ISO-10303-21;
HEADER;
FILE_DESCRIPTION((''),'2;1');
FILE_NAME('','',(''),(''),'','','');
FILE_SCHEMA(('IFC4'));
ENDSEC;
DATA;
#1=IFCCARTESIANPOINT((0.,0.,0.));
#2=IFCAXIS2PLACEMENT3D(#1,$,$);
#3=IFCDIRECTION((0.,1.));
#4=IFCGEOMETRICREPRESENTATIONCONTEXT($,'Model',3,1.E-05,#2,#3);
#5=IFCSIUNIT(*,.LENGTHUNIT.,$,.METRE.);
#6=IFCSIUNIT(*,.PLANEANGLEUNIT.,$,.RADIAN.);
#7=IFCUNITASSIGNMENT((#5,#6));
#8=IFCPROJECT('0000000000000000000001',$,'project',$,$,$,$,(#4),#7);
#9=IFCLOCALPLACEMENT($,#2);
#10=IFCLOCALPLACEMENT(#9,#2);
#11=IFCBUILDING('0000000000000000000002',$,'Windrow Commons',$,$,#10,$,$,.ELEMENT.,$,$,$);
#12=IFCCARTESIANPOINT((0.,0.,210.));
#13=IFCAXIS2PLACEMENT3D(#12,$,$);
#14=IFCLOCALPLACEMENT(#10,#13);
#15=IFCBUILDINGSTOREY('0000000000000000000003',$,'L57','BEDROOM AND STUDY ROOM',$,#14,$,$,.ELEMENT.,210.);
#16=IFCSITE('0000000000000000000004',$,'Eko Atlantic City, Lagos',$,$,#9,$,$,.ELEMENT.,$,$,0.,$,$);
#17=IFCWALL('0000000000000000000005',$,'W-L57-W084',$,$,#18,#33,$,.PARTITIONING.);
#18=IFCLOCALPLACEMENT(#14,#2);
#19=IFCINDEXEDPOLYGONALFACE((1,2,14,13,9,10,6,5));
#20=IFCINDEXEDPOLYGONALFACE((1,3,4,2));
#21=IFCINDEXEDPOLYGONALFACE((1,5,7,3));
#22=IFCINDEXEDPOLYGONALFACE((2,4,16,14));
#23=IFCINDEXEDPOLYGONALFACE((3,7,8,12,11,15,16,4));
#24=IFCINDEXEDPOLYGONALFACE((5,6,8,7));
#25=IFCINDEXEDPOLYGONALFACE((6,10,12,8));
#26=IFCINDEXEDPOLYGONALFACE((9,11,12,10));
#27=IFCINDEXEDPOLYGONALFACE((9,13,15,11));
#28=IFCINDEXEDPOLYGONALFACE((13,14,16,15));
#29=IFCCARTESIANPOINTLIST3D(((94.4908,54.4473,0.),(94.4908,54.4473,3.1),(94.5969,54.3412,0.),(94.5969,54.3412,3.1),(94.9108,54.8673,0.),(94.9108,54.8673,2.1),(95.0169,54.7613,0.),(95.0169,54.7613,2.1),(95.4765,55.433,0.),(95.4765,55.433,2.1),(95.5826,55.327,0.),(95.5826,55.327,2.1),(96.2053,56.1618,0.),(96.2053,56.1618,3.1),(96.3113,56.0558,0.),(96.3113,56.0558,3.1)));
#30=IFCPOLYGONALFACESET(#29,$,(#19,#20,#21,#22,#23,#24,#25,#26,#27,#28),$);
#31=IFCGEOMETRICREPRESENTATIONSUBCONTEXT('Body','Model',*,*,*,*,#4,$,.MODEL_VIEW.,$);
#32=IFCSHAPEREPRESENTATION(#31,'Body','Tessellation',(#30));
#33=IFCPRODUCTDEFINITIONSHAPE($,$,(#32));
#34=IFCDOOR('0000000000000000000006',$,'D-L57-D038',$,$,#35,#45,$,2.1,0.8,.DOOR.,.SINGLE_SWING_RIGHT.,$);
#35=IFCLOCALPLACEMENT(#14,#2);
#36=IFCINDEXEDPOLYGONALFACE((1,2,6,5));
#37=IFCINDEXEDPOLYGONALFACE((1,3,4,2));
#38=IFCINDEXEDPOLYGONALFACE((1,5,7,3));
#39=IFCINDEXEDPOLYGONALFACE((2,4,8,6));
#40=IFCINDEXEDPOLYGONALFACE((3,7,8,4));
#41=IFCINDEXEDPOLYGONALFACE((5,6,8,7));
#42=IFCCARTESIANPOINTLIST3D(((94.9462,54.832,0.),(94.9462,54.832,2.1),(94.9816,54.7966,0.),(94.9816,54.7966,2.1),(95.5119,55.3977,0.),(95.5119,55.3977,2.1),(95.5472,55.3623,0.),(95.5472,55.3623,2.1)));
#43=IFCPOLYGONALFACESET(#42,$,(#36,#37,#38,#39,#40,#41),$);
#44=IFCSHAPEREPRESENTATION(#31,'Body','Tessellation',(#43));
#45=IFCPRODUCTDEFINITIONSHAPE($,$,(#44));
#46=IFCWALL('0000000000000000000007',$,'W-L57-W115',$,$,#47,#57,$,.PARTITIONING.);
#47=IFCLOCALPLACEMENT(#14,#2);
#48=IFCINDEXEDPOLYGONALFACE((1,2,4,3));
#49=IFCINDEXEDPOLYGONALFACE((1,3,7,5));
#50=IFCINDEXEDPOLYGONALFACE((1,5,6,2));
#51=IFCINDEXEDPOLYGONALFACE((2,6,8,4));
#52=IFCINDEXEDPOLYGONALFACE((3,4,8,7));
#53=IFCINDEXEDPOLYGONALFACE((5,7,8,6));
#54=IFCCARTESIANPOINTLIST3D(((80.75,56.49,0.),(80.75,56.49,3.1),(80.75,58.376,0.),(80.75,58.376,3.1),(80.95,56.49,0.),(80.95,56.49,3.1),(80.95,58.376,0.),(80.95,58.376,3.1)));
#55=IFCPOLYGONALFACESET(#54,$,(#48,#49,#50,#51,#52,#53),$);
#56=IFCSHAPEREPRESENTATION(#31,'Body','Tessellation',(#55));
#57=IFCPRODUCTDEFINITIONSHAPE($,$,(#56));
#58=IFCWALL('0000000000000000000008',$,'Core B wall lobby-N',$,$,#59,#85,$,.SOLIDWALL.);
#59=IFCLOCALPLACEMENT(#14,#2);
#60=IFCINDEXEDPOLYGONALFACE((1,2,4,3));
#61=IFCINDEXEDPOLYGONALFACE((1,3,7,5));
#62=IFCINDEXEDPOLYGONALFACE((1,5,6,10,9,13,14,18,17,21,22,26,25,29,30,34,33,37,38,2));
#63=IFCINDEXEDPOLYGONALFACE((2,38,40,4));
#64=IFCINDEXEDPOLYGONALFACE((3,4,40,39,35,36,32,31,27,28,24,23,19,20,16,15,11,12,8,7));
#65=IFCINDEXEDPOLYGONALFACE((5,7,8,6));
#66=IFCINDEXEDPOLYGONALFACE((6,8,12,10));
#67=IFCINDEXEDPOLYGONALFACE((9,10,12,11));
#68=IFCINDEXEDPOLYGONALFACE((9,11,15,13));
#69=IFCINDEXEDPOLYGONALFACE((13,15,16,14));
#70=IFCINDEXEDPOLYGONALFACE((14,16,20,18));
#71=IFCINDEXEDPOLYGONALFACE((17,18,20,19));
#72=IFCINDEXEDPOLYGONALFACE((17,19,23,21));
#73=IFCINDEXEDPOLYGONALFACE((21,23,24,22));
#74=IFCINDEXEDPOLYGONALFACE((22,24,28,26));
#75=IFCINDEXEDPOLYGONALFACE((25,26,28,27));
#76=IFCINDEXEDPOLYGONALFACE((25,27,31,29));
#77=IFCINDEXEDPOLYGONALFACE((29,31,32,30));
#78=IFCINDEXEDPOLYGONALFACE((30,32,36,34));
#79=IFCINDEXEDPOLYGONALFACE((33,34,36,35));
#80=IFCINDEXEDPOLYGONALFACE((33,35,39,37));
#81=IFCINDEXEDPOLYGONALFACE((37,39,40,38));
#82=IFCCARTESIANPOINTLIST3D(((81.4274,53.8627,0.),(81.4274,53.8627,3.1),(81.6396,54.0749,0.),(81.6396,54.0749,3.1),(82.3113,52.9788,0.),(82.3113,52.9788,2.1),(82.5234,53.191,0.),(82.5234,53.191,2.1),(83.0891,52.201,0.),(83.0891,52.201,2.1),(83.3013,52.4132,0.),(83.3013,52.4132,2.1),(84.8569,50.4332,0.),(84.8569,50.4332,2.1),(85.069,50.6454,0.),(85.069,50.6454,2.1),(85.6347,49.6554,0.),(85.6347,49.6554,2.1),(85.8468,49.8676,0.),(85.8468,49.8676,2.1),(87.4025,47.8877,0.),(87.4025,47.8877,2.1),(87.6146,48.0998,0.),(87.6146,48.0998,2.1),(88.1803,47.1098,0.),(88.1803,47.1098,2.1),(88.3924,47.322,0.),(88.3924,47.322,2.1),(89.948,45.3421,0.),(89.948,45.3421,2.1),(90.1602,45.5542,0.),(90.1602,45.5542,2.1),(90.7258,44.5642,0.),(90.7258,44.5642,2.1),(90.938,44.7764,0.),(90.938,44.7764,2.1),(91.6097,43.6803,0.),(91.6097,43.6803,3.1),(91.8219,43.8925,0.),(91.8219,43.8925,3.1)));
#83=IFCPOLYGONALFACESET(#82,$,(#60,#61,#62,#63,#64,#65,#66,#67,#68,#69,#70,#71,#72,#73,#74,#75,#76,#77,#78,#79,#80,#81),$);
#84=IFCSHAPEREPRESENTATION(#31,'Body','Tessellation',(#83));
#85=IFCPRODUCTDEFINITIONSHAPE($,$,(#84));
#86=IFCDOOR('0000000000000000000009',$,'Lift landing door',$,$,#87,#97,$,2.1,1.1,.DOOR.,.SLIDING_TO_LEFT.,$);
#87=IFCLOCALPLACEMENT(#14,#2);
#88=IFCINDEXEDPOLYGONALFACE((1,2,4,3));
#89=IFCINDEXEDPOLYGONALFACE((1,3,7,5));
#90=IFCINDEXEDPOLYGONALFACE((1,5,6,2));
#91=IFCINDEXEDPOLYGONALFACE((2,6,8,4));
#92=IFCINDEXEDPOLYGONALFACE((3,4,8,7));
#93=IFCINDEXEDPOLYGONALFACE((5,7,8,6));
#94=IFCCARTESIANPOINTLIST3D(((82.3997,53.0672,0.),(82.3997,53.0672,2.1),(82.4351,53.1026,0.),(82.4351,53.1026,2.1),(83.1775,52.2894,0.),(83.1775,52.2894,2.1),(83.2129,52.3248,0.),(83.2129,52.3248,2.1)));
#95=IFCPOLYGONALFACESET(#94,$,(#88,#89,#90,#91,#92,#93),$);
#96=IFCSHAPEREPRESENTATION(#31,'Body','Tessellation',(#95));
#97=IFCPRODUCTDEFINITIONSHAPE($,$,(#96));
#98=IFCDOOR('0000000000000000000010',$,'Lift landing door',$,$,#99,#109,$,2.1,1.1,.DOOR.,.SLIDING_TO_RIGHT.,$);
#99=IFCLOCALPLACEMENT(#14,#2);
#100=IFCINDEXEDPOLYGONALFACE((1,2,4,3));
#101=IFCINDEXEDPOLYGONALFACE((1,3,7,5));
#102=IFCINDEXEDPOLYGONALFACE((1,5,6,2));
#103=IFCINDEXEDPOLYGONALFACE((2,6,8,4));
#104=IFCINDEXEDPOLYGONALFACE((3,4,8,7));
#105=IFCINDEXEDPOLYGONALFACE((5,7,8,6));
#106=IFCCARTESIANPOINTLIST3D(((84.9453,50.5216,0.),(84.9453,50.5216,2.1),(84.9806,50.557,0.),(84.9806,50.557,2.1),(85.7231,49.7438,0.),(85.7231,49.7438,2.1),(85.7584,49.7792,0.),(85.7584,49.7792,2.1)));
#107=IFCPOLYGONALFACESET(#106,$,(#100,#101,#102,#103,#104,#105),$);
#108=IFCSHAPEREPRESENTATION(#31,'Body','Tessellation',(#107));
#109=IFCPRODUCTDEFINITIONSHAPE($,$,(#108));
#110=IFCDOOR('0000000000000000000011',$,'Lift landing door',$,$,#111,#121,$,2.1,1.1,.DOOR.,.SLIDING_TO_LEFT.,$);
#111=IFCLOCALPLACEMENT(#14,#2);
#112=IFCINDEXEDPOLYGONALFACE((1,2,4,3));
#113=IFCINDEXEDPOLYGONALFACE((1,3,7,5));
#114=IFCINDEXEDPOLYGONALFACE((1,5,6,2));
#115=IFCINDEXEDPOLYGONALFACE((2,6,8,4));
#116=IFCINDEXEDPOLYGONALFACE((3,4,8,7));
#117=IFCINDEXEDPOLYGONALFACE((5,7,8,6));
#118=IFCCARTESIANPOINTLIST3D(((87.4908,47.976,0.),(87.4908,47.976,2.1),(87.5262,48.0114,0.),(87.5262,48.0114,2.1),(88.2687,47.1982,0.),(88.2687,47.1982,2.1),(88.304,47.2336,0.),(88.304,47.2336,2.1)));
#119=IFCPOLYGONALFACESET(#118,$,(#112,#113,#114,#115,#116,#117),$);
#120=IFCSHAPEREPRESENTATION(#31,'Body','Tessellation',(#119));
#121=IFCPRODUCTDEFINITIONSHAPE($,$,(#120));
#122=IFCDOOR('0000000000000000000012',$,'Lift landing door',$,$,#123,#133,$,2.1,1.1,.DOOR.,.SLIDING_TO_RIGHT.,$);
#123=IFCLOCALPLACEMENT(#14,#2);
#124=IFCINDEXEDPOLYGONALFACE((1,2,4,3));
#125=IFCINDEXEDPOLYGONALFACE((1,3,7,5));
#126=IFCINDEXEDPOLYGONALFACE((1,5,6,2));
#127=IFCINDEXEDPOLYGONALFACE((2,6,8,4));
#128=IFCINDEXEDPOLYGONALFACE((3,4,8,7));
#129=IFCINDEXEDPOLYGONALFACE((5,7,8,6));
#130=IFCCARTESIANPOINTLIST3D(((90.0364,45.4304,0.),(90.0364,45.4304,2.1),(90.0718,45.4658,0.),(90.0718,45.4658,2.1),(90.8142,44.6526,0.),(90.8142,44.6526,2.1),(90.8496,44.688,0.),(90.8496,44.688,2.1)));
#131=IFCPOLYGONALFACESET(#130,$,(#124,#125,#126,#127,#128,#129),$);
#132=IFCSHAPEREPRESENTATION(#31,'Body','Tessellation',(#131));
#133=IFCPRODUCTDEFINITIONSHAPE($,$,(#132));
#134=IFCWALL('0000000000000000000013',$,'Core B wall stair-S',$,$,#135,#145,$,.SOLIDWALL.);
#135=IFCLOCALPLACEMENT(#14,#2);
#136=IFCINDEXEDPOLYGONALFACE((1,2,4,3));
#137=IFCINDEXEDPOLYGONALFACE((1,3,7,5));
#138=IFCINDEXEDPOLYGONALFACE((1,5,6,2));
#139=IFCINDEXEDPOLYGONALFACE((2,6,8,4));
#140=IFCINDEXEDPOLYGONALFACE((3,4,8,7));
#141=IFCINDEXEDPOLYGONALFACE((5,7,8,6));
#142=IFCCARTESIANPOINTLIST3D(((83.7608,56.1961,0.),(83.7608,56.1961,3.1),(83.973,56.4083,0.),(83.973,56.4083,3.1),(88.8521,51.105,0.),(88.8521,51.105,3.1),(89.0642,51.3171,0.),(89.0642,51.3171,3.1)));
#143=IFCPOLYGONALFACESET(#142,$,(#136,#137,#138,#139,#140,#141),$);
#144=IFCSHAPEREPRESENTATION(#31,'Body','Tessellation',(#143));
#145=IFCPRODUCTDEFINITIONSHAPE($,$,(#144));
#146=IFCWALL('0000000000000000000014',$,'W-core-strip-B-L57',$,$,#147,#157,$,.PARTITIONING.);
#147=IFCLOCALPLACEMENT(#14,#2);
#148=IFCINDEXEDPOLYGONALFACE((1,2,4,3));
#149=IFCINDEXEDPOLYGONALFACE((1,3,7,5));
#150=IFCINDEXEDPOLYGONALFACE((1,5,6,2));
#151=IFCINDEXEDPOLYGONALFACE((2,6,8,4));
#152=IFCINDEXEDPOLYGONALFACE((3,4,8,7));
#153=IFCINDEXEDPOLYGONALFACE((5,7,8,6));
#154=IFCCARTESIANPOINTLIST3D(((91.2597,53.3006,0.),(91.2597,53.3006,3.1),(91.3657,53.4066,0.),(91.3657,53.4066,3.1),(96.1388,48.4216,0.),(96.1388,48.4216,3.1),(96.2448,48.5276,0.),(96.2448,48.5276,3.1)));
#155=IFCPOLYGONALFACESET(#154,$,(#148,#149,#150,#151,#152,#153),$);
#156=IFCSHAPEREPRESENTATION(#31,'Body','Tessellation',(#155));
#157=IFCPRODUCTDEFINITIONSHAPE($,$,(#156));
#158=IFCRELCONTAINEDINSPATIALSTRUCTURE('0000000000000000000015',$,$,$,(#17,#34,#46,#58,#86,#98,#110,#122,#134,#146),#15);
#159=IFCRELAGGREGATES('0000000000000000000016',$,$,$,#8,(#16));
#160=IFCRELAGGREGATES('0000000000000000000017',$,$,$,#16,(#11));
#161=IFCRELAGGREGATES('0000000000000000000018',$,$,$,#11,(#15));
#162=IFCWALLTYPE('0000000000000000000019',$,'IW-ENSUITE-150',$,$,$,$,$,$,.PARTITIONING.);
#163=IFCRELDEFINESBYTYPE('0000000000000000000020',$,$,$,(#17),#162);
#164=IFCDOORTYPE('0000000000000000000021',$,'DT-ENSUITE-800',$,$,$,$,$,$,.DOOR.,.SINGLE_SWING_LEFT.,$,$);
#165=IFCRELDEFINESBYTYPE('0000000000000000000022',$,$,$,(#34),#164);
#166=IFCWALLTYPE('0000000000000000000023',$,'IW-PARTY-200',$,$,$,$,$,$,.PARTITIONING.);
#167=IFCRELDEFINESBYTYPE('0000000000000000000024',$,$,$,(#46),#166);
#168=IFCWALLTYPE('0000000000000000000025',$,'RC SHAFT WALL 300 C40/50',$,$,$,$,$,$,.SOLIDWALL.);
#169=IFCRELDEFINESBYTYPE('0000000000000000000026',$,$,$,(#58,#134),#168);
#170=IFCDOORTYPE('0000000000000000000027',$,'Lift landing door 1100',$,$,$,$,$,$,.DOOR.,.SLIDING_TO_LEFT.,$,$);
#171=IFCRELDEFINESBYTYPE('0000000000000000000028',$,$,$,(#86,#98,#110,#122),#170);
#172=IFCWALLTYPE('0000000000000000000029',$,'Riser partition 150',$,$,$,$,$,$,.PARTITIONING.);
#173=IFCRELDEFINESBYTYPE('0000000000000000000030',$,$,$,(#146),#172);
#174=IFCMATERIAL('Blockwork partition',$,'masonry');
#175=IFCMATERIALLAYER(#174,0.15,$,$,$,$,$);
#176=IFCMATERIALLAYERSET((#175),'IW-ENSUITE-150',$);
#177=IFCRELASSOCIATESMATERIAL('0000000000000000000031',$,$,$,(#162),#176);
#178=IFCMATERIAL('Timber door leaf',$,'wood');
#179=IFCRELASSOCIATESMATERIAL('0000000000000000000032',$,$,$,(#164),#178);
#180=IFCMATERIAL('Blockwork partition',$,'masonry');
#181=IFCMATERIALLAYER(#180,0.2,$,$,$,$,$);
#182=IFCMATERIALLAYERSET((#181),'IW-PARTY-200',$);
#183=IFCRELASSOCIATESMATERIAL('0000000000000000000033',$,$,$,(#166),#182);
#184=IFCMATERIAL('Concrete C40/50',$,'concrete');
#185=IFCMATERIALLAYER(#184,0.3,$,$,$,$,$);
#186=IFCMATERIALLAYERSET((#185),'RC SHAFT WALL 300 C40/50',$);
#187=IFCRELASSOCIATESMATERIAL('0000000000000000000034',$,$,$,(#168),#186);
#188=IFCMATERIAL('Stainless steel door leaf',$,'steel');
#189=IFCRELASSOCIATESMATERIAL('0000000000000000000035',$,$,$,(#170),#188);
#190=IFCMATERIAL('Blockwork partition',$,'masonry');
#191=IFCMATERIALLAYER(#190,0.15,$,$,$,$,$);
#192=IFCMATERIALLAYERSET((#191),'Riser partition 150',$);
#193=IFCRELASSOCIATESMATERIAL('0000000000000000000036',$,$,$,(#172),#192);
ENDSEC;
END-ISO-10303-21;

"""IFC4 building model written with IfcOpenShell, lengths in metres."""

from ifc_helpers import new_model, si_unit, direction, frame, frame_2d, origin, place, context, subcontext, project, spatial, rectangle, extrude, material, layer, layer_set, type_object, element, fill, save


model = new_model("IFC4")

# Units and contexts
model_context = context("Model", 3, precision=1e-05, world=origin(), true_north=direction((0.0, 1.0)))
body_context = subcontext(model_context, "Body", "Model", "MODEL_VIEW")
ifc_project = project(units=[si_unit("LENGTHUNIT", "METRE"), si_unit("PLANEANGLEUNIT", "RADIAN")], contexts=[model_context])

# Site, building, storey
site_placement = place(None, origin())
site = spatial("IfcSite", under=ifc_project, at=site_placement, Name="Eko Atlantic City, Lagos", CompositionType="ELEMENT", RefElevation=0.0)
building_placement = place(site_placement, origin())
building = spatial("IfcBuilding", under=site, at=building_placement, Name="Windrow Commons", CompositionType="ELEMENT")
storey_placement = place(building_placement, frame((0.0, 0.0, 210.0)))
storey = spatial("IfcBuildingStorey", under=building, at=storey_placement, Name="L57", Description="BEDROOM AND STUDY ROOM", CompositionType="ELEMENT", Elevation=210.0)

# Shared definitions
ifc_material_1 = material(Name="Blockwork partition", Category="masonry")
ifc_layer_1 = layer(ifc_material_1, 0.15)
ifc_layer_set_1 = layer_set([ifc_layer_1], Name="IW-ENSUITE-150")
wall_type_1 = type_object("IfcWallType", Name="IW-ENSUITE-150", PredefinedType="PARTITIONING", material=ifc_layer_set_1)

# Wall, opening, door
wall_1_placement = place(storey_placement, frame((94.5438, 54.3942, 0.0), z_axis=(0.0, 0.0, 1.0), x_axis=(0.707086, 0.707127, 0.0)))
wall_1 = element("IfcWall", 1, at=wall_1_placement, inside=storey, type_object=wall_type_1, Name="W-L57-W084", PredefinedType="PARTITIONING", context=body_context, shape_type="SweptSolid", body=[
    extrude(rectangle(XDim=2.4247, YDim=0.15, at=frame_2d((1.2124, 0.0))), origin(), (0.0, 0.0, 1.0), 3.1),
])
opening_1_placement = place(wall_1_placement, frame((0.5941, 0.0, 0.0)))
opening_1 = element("IfcOpeningElement", 2, at=opening_1_placement, cuts=wall_1, PredefinedType="OPENING", context=body_context, shape_type="SweptSolid", body=[
    extrude(rectangle(XDim=0.8, YDim=2.1, at=frame_2d((0.4, 1.05))), frame((0.0, 0.085, 0.0), z_axis=(0.0, -1.0, 0.0), x_axis=(1.0, 0.0, 0.0)), (0.0, 0.0, 1.0), 0.17),
])
ifc_material_2 = material(Name="Timber door leaf", Category="wood")
door_type_1 = type_object("IfcDoorType", Name="DT-ENSUITE-800", OperationType="SINGLE_SWING_LEFT", PredefinedType="DOOR", material=ifc_material_2)
door_1_placement = place(opening_1_placement, origin())
door_1 = element("IfcDoor", 3, at=door_1_placement, inside=storey, type_object=door_type_1, Name="D-L57-D038", OperationType="SINGLE_SWING_RIGHT", OverallHeight=2.1, OverallWidth=0.8, PredefinedType="DOOR", context=body_context, shape_type="SweptSolid", body=[
    extrude(rectangle(XDim=0.8, YDim=2.1, at=frame_2d((0.4, 1.05))), frame((0.0, 0.025, 0.0), z_axis=(0.0, -1.0, 0.0), x_axis=(1.0, 0.0, 0.0)), (0.0, 0.0, 1.0), 0.05),
])
fill(opening_1, door_1)

# Wall
ifc_material_3 = material(Name="Blockwork partition", Category="masonry")
ifc_layer_2 = layer(ifc_material_3, 0.2)
ifc_layer_set_2 = layer_set([ifc_layer_2], Name="IW-PARTY-200")
wall_type_2 = type_object("IfcWallType", Name="IW-PARTY-200", PredefinedType="PARTITIONING", material=ifc_layer_set_2)
wall_2_placement = place(storey_placement, frame((80.85, 56.49, 0.0), z_axis=(0.0, 0.0, 1.0), x_axis=(0.0, 1.0, 0.0)))
element("IfcWall", 4, at=wall_2_placement, inside=storey, type_object=wall_type_2, Name="W-L57-W115", PredefinedType="PARTITIONING", context=body_context, shape_type="SweptSolid", body=[
    extrude(rectangle(XDim=1.886, YDim=0.2, at=frame_2d((0.943, 0.0))), origin(), (0.0, 0.0, 1.0), 3.1),
])

# Wall, openings, doors
ifc_material_4 = material(Name="Concrete C40/50", Category="concrete")
ifc_layer_3 = layer(ifc_material_4, 0.3)
ifc_layer_set_3 = layer_set([ifc_layer_3], Name="RC SHAFT WALL 300 C40/50")
wall_type_3 = type_object("IfcWallType", Name="RC SHAFT WALL 300 C40/50", PredefinedType="SOLIDWALL", material=ifc_layer_set_3)
wall_3_placement = place(storey_placement, frame((81.5335, 53.9688, 0.0), z_axis=(0.0, 0.0, 1.0), x_axis=(0.707103, -0.70711, 0.0)))
wall_3 = element("IfcWall", 5, at=wall_3_placement, inside=storey, type_object=wall_type_3, Name="Core B wall lobby-N", PredefinedType="SOLIDWALL", context=body_context, shape_type="SweptSolid", body=[
    extrude(rectangle(XDim=14.4, YDim=0.3, at=frame_2d((7.2, 0.0))), origin(), (0.0, 0.0, 1.0), 3.1),
])
opening_2_placement = place(wall_3_placement, frame((1.25, 0.0, 0.0)))
opening_2 = element("IfcOpeningElement", 6, at=opening_2_placement, cuts=wall_3, PredefinedType="OPENING", context=body_context, shape_type="SweptSolid", body=[
    extrude(rectangle(XDim=1.1, YDim=2.1, at=frame_2d((0.55, 1.05))), frame((0.0, 0.16, 0.0), z_axis=(0.0, -1.0, 0.0), x_axis=(1.0, 0.0, 0.0)), (0.0, 0.0, 1.0), 0.32),
])
opening_3_placement = place(wall_3_placement, frame((4.85, 0.0, 0.0)))
opening_3 = element("IfcOpeningElement", 7, at=opening_3_placement, cuts=wall_3, PredefinedType="OPENING", context=body_context, shape_type="SweptSolid", body=[
    extrude(rectangle(XDim=1.1, YDim=2.1, at=frame_2d((0.55, 1.05))), frame((0.0, 0.16, 0.0), z_axis=(0.0, -1.0, 0.0), x_axis=(1.0, 0.0, 0.0)), (0.0, 0.0, 1.0), 0.32),
])
opening_4_placement = place(wall_3_placement, frame((8.45, 0.0, 0.0)))
opening_4 = element("IfcOpeningElement", 8, at=opening_4_placement, cuts=wall_3, PredefinedType="OPENING", context=body_context, shape_type="SweptSolid", body=[
    extrude(rectangle(XDim=1.1, YDim=2.1, at=frame_2d((0.55, 1.05))), frame((0.0, 0.16, 0.0), z_axis=(0.0, -1.0, 0.0), x_axis=(1.0, 0.0, 0.0)), (0.0, 0.0, 1.0), 0.32),
])
opening_5_placement = place(wall_3_placement, frame((12.05, 0.0, 0.0)))
opening_5 = element("IfcOpeningElement", 9, at=opening_5_placement, cuts=wall_3, PredefinedType="OPENING", context=body_context, shape_type="SweptSolid", body=[
    extrude(rectangle(XDim=1.1, YDim=2.1, at=frame_2d((0.55, 1.05))), frame((0.0, 0.16, 0.0), z_axis=(0.0, -1.0, 0.0), x_axis=(1.0, 0.0, 0.0)), (0.0, 0.0, 1.0), 0.32),
])
ifc_material_5 = material(Name="Stainless steel door leaf", Category="steel")
door_type_2 = type_object("IfcDoorType", Name="Lift landing door 1100", OperationType="SLIDING_TO_LEFT", PredefinedType="DOOR", material=ifc_material_5)
door_2_placement = place(opening_2_placement, origin())
door_2 = element("IfcDoor", 10, at=door_2_placement, inside=storey, type_object=door_type_2, Name="Lift landing door", OperationType="SLIDING_TO_LEFT", OverallHeight=2.1, OverallWidth=1.1, PredefinedType="DOOR", context=body_context, shape_type="SweptSolid", body=[
    extrude(rectangle(XDim=1.1, YDim=2.1, at=frame_2d((0.55, 1.05))), frame((0.0, 0.025, 0.0), z_axis=(0.0, -1.0, 0.0), x_axis=(1.0, 0.0, 0.0)), (0.0, 0.0, 1.0), 0.05),
])
fill(opening_2, door_2)
door_3_placement = place(opening_3_placement, origin())
door_3 = element("IfcDoor", 11, at=door_3_placement, inside=storey, type_object=door_type_2, Name="Lift landing door", OperationType="SLIDING_TO_RIGHT", OverallHeight=2.1, OverallWidth=1.1, PredefinedType="DOOR", context=body_context, shape_type="SweptSolid", body=[
    extrude(rectangle(XDim=1.1, YDim=2.1, at=frame_2d((0.55, 1.05))), frame((0.0, 0.025, 0.0), z_axis=(0.0, -1.0, 0.0), x_axis=(1.0, 0.0, 0.0)), (0.0, 0.0, 1.0), 0.05),
])
fill(opening_3, door_3)
door_4_placement = place(opening_4_placement, origin())
door_4 = element("IfcDoor", 12, at=door_4_placement, inside=storey, type_object=door_type_2, Name="Lift landing door", OperationType="SLIDING_TO_LEFT", OverallHeight=2.1, OverallWidth=1.1, PredefinedType="DOOR", context=body_context, shape_type="SweptSolid", body=[
    extrude(rectangle(XDim=1.1, YDim=2.1, at=frame_2d((0.55, 1.05))), frame((0.0, 0.025, 0.0), z_axis=(0.0, -1.0, 0.0), x_axis=(1.0, 0.0, 0.0)), (0.0, 0.0, 1.0), 0.05),
])
fill(opening_4, door_4)
door_5_placement = place(opening_5_placement, origin())
door_5 = element("IfcDoor", 13, at=door_5_placement, inside=storey, type_object=door_type_2, Name="Lift landing door", OperationType="SLIDING_TO_RIGHT", OverallHeight=2.1, OverallWidth=1.1, PredefinedType="DOOR", context=body_context, shape_type="SweptSolid", body=[
    extrude(rectangle(XDim=1.1, YDim=2.1, at=frame_2d((0.55, 1.05))), frame((0.0, 0.025, 0.0), z_axis=(0.0, -1.0, 0.0), x_axis=(1.0, 0.0, 0.0)), (0.0, 0.0, 1.0), 0.05),
])
fill(opening_5, door_5)

# Walls
wall_4_placement = place(storey_placement, frame((83.8669, 56.3022, 0.0), z_axis=(0.0, 0.0, 1.0), x_axis=(0.707114, -0.7071, 0.0)))
element("IfcWall", 14, at=wall_4_placement, inside=storey, type_object=wall_type_3, Name="Core B wall stair-S", PredefinedType="SOLIDWALL", context=body_context, shape_type="SweptSolid", body=[
    extrude(rectangle(XDim=7.2, YDim=0.3, at=frame_2d((3.6, 0.0))), origin(), (0.0, 0.0, 1.0), 3.1),
])
ifc_material_6 = material(Name="Blockwork partition", Category="masonry")
ifc_layer_4 = layer(ifc_material_6, 0.15)
ifc_layer_set_4 = layer_set([ifc_layer_4], Name="Riser partition 150")
wall_type_4 = type_object("IfcWallType", Name="Riser partition 150", PredefinedType="PARTITIONING", material=ifc_layer_set_4)
wall_5_placement = place(storey_placement, frame((91.3127, 53.3536, 0.0), z_axis=(0.0, 0.0, 1.0), x_axis=(0.707114, -0.7071, 0.0)))
element("IfcWall", 15, at=wall_5_placement, inside=storey, type_object=wall_type_4, Name="W-core-strip-B-L57", PredefinedType="PARTITIONING", context=body_context, shape_type="SweptSolid", body=[
    extrude(rectangle(XDim=6.9, YDim=0.15, at=frame_2d((3.45, 0.0))), origin(), (0.0, 0.0, 1.0), 3.1),
])

save(model, "model.ifc")
